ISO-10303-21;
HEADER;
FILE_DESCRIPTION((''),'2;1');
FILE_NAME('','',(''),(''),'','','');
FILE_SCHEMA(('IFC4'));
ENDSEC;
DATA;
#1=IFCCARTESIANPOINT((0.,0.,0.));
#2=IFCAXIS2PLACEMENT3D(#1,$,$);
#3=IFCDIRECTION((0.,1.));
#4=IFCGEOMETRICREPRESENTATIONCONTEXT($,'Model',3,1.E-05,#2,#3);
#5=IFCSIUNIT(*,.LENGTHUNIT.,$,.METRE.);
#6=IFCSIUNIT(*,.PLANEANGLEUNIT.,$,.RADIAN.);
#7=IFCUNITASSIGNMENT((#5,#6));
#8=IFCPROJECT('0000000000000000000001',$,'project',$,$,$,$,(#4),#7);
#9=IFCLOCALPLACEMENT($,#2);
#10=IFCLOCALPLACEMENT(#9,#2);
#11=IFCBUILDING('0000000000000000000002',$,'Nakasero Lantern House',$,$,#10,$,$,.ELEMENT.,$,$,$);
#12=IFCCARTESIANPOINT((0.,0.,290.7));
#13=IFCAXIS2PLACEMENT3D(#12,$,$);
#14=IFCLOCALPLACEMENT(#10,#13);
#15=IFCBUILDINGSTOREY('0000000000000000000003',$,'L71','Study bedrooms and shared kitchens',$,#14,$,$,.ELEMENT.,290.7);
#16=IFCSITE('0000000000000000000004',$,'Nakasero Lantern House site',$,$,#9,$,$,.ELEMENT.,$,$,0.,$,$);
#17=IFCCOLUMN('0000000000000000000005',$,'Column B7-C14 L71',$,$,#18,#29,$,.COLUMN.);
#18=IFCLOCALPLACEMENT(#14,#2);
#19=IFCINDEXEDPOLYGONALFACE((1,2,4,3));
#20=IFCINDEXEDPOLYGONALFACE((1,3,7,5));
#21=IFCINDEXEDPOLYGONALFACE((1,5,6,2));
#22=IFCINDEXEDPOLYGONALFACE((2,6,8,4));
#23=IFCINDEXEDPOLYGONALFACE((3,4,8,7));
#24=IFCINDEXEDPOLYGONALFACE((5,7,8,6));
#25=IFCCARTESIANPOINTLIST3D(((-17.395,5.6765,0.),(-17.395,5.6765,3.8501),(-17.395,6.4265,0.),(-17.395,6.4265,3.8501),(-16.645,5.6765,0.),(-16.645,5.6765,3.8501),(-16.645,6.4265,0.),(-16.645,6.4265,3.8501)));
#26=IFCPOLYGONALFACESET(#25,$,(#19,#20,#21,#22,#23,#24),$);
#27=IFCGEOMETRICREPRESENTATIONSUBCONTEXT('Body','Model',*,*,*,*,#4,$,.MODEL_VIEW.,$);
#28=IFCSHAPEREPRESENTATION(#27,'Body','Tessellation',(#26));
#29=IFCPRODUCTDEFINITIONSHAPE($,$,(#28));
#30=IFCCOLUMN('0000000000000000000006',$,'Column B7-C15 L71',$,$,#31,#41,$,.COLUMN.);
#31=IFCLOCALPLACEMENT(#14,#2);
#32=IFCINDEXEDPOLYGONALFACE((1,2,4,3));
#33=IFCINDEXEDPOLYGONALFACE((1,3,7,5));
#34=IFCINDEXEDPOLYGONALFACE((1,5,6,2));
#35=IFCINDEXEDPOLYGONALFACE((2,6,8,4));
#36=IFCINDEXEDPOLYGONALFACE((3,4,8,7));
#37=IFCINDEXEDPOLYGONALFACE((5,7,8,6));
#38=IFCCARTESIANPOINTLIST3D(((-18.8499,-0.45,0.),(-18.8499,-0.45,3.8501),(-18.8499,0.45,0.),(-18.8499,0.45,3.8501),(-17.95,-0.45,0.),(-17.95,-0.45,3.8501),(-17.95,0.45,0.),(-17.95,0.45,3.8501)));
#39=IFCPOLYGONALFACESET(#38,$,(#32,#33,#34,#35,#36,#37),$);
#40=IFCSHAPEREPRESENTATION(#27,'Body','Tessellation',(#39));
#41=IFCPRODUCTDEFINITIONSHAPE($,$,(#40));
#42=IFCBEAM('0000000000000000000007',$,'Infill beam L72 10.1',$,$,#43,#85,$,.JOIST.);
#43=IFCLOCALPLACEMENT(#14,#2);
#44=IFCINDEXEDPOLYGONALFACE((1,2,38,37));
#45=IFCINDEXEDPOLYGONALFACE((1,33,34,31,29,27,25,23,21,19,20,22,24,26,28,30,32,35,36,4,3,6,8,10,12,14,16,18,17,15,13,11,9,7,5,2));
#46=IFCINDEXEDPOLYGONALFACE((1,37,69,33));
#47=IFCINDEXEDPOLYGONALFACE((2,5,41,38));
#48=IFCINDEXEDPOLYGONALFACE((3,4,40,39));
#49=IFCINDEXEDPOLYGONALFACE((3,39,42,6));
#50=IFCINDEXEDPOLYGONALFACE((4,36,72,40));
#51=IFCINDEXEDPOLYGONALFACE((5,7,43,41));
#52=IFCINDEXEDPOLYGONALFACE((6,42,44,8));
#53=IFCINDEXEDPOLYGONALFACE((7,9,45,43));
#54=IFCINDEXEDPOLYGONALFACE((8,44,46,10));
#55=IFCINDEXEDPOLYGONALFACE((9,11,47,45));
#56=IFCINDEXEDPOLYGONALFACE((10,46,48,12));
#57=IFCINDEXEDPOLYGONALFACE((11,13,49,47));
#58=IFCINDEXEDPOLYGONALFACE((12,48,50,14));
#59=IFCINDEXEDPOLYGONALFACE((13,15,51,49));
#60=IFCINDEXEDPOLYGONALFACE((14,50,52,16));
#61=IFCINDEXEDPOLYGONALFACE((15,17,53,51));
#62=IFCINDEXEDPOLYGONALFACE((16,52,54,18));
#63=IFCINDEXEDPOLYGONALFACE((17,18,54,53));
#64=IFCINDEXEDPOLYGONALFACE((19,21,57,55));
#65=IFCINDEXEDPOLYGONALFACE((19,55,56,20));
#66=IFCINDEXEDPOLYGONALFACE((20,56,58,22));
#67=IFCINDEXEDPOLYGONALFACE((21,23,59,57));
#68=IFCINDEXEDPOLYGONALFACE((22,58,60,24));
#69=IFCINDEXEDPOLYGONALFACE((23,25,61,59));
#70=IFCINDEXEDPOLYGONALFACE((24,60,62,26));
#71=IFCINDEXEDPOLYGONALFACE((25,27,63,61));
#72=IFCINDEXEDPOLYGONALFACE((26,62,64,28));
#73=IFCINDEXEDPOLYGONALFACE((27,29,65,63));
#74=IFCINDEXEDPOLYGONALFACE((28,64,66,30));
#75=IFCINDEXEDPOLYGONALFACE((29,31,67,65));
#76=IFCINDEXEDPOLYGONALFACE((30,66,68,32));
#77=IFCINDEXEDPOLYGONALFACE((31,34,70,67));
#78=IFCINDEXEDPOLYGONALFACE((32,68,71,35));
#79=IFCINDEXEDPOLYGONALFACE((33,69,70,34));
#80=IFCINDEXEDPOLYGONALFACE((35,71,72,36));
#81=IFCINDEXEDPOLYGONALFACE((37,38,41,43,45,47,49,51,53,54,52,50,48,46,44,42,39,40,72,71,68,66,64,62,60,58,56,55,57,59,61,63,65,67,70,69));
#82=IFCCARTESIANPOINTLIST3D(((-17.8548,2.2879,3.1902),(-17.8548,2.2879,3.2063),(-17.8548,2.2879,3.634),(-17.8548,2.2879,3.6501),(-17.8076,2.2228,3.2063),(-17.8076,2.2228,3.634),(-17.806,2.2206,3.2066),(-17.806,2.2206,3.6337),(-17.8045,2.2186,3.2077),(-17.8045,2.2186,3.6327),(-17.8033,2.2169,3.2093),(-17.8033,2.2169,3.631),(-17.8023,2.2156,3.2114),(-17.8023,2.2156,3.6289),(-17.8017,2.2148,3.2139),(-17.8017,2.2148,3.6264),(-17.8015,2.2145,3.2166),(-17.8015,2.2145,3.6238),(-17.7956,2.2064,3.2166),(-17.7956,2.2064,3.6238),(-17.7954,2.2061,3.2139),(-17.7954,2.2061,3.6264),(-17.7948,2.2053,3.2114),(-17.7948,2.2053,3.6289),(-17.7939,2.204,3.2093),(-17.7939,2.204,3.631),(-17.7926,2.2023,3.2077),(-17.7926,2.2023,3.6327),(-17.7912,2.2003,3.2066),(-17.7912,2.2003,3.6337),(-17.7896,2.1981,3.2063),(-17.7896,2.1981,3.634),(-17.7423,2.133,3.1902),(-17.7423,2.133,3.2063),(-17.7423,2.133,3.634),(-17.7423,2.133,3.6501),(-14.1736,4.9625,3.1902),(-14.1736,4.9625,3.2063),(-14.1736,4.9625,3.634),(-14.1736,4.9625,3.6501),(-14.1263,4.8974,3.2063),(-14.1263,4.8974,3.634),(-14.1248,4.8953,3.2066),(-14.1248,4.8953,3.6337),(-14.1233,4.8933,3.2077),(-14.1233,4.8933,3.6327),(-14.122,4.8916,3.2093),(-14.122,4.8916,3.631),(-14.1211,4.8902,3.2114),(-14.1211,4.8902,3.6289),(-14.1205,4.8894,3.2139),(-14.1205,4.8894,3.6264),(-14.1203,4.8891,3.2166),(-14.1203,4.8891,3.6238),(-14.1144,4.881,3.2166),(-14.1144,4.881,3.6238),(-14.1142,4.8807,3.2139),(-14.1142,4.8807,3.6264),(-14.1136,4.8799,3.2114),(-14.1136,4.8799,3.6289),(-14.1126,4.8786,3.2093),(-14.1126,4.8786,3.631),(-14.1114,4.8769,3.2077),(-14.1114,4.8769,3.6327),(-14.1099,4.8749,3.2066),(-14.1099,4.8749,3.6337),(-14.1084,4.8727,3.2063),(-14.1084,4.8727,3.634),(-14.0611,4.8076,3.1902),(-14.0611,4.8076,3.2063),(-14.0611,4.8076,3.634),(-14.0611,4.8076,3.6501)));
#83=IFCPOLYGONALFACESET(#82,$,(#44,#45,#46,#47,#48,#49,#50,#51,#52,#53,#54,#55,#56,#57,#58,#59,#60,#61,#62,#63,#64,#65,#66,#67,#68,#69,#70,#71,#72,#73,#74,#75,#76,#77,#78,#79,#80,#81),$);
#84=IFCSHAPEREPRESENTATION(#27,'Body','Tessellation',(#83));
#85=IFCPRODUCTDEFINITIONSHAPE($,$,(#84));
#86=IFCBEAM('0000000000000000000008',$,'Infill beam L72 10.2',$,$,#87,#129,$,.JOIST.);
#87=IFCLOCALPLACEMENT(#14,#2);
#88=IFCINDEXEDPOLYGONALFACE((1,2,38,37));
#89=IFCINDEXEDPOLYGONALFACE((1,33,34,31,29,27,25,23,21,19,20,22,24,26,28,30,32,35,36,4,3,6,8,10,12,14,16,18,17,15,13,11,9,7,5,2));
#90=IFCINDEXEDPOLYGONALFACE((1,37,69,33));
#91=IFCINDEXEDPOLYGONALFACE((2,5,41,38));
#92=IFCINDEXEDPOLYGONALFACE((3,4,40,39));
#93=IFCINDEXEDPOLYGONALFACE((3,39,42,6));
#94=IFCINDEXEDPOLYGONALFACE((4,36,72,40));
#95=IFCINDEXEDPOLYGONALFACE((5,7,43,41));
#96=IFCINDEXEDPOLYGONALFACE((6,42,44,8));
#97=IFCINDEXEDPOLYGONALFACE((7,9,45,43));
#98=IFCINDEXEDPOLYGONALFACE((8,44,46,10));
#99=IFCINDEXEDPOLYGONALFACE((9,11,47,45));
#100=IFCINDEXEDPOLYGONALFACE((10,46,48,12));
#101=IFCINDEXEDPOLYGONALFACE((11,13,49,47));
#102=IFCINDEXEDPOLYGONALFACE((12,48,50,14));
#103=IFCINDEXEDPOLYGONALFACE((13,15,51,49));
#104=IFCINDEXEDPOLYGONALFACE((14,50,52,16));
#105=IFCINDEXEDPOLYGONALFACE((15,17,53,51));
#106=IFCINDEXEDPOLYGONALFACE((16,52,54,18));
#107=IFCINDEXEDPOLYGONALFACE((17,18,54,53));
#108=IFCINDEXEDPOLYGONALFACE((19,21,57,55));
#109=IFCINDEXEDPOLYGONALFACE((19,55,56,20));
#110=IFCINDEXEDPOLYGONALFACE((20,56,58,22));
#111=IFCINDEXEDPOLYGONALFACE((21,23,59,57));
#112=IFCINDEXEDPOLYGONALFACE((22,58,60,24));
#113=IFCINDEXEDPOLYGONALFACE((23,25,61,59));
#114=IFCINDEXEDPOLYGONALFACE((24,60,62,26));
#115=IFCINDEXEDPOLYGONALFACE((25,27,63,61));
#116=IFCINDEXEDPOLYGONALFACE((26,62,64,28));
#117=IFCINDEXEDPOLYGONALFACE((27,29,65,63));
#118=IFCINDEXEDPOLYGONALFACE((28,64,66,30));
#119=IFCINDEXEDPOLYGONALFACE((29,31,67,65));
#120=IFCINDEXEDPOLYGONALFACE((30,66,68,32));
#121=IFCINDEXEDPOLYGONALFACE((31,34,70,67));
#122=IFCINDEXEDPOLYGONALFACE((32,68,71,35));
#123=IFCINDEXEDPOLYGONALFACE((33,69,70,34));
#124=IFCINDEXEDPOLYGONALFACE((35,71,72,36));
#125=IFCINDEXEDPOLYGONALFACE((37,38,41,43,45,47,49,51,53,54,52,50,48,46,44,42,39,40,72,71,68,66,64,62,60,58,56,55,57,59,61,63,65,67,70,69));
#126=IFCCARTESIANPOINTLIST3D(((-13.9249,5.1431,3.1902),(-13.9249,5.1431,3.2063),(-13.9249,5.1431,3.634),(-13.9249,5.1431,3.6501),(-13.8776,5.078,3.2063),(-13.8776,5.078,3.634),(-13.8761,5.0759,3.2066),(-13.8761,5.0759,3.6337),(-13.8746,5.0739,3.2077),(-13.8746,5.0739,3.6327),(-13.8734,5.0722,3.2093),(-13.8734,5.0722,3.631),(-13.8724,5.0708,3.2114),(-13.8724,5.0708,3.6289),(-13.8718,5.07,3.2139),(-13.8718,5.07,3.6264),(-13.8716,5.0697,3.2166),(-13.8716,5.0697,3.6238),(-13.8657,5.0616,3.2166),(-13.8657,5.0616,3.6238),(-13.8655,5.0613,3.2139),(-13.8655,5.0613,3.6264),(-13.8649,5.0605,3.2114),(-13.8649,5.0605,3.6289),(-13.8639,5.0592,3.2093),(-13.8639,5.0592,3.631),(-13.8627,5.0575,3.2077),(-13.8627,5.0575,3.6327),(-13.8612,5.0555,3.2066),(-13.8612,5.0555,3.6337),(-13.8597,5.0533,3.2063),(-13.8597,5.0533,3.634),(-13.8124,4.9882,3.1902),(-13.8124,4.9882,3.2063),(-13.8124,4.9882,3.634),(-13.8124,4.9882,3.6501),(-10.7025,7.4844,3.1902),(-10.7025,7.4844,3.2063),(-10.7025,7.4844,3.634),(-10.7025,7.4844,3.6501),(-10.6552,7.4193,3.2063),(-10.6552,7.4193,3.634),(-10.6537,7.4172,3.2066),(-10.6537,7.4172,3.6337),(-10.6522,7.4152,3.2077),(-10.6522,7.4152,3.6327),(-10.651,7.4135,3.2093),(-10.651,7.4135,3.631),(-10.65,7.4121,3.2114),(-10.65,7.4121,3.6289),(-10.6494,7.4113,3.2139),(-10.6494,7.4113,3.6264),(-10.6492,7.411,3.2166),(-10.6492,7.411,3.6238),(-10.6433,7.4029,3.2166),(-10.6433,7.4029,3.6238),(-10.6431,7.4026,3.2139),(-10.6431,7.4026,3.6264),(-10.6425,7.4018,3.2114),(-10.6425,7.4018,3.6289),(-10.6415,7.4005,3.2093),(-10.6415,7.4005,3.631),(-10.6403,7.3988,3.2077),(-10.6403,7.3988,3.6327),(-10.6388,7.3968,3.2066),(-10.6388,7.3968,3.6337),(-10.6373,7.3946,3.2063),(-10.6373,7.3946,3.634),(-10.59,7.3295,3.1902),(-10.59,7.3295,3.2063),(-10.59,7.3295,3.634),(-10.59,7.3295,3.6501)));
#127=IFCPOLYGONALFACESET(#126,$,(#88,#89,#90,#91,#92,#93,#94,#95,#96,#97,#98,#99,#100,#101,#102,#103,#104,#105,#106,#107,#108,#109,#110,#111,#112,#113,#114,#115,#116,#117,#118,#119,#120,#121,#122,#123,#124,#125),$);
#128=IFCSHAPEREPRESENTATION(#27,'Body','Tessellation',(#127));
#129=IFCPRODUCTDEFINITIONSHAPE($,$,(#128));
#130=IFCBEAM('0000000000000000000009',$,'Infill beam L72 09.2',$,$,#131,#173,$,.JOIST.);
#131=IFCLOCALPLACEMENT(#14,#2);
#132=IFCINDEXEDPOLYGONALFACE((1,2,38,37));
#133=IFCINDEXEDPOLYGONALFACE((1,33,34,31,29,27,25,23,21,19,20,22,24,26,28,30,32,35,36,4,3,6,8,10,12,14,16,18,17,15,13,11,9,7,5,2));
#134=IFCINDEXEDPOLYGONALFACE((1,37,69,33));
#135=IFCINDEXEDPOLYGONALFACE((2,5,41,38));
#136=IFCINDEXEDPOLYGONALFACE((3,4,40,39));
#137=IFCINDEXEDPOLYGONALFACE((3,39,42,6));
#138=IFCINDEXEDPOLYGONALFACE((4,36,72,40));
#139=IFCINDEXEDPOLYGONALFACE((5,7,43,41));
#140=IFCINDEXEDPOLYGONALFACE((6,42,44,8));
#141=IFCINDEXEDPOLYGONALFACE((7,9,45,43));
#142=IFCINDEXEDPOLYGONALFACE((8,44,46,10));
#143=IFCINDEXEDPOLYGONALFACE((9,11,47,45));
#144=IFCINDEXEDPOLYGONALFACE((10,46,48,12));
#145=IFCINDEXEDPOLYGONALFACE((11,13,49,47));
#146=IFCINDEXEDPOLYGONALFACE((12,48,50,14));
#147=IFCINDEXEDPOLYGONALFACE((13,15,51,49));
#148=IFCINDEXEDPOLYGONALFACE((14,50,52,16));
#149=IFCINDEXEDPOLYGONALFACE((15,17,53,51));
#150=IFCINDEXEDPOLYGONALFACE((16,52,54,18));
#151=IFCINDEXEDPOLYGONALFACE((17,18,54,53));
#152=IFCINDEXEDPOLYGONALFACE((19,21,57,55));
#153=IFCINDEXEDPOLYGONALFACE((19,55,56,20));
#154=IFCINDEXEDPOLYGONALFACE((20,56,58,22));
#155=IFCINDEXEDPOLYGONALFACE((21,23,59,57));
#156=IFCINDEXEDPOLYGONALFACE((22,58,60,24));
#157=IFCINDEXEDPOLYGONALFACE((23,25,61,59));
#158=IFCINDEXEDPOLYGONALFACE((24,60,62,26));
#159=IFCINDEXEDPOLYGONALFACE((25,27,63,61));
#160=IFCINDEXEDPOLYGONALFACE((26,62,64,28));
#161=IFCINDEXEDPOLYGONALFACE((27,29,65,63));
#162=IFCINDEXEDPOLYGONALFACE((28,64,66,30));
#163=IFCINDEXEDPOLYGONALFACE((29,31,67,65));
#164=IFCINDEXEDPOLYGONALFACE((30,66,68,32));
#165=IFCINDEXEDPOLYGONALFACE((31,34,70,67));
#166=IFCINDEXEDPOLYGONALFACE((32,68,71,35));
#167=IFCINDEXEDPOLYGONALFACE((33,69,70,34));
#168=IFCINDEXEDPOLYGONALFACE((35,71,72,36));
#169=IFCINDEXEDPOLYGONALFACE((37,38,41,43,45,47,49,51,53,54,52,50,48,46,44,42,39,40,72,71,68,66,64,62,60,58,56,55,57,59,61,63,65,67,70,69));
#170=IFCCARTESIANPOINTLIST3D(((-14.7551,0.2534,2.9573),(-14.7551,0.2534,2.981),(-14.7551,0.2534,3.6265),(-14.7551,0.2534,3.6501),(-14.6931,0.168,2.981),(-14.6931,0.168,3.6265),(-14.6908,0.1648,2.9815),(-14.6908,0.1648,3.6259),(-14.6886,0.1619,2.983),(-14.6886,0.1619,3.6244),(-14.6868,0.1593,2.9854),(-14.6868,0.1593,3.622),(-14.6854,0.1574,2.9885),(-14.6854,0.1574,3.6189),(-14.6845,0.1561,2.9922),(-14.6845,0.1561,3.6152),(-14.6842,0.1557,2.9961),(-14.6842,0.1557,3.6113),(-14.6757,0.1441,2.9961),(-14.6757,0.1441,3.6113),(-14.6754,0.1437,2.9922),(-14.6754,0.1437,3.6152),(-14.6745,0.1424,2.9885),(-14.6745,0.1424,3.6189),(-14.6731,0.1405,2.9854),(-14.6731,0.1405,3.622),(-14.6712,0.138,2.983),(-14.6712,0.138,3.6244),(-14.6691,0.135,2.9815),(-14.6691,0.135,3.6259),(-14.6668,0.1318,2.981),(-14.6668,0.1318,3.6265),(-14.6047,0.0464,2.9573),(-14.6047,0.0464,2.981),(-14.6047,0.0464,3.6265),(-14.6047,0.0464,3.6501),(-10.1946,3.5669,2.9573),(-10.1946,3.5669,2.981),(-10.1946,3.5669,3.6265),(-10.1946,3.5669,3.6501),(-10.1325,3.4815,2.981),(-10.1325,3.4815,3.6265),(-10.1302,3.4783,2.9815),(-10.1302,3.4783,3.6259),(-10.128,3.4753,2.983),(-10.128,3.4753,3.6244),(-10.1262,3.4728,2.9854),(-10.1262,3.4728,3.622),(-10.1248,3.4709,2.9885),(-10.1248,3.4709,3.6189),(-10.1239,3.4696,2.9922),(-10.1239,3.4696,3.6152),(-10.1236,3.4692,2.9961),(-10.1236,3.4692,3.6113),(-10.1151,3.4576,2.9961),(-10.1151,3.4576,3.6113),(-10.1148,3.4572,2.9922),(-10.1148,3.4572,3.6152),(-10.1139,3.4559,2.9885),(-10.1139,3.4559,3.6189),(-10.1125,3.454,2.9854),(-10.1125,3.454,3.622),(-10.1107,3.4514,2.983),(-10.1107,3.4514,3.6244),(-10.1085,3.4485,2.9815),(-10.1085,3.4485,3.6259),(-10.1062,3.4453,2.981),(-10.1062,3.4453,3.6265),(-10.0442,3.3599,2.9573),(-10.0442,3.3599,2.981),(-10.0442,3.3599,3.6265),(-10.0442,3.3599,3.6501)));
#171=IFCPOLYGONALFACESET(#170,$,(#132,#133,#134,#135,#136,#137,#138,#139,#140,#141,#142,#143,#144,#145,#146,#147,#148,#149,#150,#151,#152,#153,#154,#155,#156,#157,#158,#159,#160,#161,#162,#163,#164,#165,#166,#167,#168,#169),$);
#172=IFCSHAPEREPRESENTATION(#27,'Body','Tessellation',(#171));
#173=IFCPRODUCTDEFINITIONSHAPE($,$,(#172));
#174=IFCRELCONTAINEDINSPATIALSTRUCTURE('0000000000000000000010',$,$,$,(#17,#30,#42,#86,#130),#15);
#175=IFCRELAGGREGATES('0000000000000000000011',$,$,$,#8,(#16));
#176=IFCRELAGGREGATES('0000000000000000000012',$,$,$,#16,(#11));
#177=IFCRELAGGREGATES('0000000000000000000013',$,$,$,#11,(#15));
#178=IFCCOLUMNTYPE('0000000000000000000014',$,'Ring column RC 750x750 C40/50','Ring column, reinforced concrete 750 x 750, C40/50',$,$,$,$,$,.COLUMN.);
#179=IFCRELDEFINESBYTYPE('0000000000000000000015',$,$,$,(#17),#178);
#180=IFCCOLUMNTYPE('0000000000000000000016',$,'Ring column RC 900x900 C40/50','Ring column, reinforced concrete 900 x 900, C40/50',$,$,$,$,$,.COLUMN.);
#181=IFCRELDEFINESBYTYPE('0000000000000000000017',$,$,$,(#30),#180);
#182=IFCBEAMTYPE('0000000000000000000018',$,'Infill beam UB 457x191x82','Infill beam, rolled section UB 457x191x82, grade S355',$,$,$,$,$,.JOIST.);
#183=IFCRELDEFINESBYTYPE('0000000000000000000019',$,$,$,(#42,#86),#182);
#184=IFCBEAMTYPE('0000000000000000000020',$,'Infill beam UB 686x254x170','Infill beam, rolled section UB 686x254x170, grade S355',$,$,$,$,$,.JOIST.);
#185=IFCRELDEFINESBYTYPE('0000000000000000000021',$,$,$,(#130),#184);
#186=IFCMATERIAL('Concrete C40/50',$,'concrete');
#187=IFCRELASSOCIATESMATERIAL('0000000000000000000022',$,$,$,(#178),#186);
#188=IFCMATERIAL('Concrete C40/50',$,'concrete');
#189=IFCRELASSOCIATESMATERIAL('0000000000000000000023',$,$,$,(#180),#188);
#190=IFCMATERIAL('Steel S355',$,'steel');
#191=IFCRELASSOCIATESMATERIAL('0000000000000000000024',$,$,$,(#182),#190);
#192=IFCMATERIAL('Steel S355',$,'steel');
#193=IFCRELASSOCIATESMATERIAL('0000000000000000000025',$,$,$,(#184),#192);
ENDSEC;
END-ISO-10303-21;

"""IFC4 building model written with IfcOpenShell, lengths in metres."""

from ifc_helpers import new_model, si_unit, direction, frame, origin, origin_2d, place, context, subcontext, project, spatial, rectangle, i_section, extrude, material, material_profile, profile_set, type_object, element, save


model = new_model("IFC4")

# Units and contexts
model_context = context("Model", 3, precision=1e-05, world=origin(), true_north=direction((0.0, 1.0)))
body_context = subcontext(model_context, "Body", "Model", "MODEL_VIEW")
ifc_project = project(units=[si_unit("LENGTHUNIT", "METRE"), si_unit("PLANEANGLEUNIT", "RADIAN")], contexts=[model_context])

# Site, building, storey
site_placement = place(None, origin())
site = spatial("IfcSite", under=ifc_project, at=site_placement, Name="Nakasero Lantern House site", CompositionType="ELEMENT", RefElevation=0.0)
building_placement = place(site_placement, origin())
building = spatial("IfcBuilding", under=site, at=building_placement, Name="Nakasero Lantern House", CompositionType="ELEMENT")
storey_placement = place(building_placement, frame((0.0, 0.0, 290.7)))
storey = spatial("IfcBuildingStorey", under=building, at=storey_placement, Name="L71", Description="Study bedrooms and shared kitchens", CompositionType="ELEMENT", Elevation=290.7)

# Columns
ifc_material_1 = material(Name="Concrete C40/50", Category="concrete")
ifc_material_profile_1 = material_profile(ifc_material_1, rectangle(XDim=0.75, YDim=0.75, at=origin_2d()), Name="RC 750x750")
ifc_profile_set_1 = profile_set([ifc_material_profile_1], Name="Concrete C40/50")
column_type_1 = type_object("IfcColumnType", Name="Ring column RC 750x750 C40/50", Description="Ring column, reinforced concrete 750 x 750, C40/50", PredefinedType="COLUMN", material=ifc_profile_set_1)
column_1_placement = place(storey_placement, frame((-17.02, 6.0515, 0.0), z_axis=(0.0, 0.0, 1.0), x_axis=(1.0, 0.0, 0.0)))
element("IfcColumn", 1, at=column_1_placement, inside=storey, type_object=column_type_1, Name="Column B7-C14 L71", PredefinedType="COLUMN", context=body_context, shape_type="SweptSolid", body=[
    extrude(rectangle(XDim=0.75, YDim=0.75, at=origin_2d()), origin(), (0.0, 0.0, 1.0), 3.8501),
])
ifc_material_2 = material(Name="Concrete C40/50", Category="concrete")
ifc_material_profile_2 = material_profile(ifc_material_2, rectangle(XDim=0.8999, YDim=0.8999, at=origin_2d()), Name="RC 900x900")
ifc_profile_set_2 = profile_set([ifc_material_profile_2], Name="Concrete C40/50")
column_type_2 = type_object("IfcColumnType", Name="Ring column RC 900x900 C40/50", Description="Ring column, reinforced concrete 900 x 900, C40/50", PredefinedType="COLUMN", material=ifc_profile_set_2)
column_2_placement = place(storey_placement, frame((-18.3999, 0.0, 0.0), z_axis=(0.0, 0.0, 1.0), x_axis=(1.0, 0.0, 0.0)))
element("IfcColumn", 2, at=column_2_placement, inside=storey, type_object=column_type_2, Name="Column B7-C15 L71", PredefinedType="COLUMN", context=body_context, shape_type="SweptSolid", body=[
    extrude(rectangle(XDim=0.8999, YDim=0.8999, at=origin_2d()), origin(), (0.0, 0.0, 1.0), 3.8501),
])

# Beams
ifc_material_3 = material(Name="Steel S355", Category="steel")
ifc_material_profile_3 = material_profile(ifc_material_3, i_section(OverallWidth=0.1914, OverallDepth=0.46, WebThickness=0.01, FlangeThickness=0.0161, FilletRadius=0.0103, at=origin_2d()), Name="UB 457x191x82")
ifc_profile_set_3 = profile_set([ifc_material_profile_3], Name="Steel S355")
beam_type_1 = type_object("IfcBeamType", Name="Infill beam UB 457x191x82", Description="Infill beam, rolled section UB 457x191x82, grade S355", PredefinedType="JOIST", material=ifc_profile_set_3)
beam_1_placement = place(storey_placement, frame((-17.7986, 2.2104, 3.4202), z_axis=(0.809012, 0.587792, 0.0), x_axis=(-0.587792, 0.809012, 0.0)))
element("IfcBeam", 3, at=beam_1_placement, inside=storey, type_object=beam_type_1, Name="Infill beam L72 10.1", PredefinedType="JOIST", context=body_context, shape_type="SweptSolid", body=[
    extrude(i_section(OverallWidth=0.1914, OverallDepth=0.46, WebThickness=0.01, FlangeThickness=0.0161, FilletRadius=0.0103, at=origin_2d()), origin(), (0.0, 0.0, 1.0), 4.5503),
])
beam_2_placement = place(storey_placement, frame((-13.8687, 5.0657, 3.4202), z_axis=(0.809006, 0.5878, 0.0), x_axis=(-0.5878, 0.809006, 0.0)))
element("IfcBeam", 4, at=beam_2_placement, inside=storey, type_object=beam_type_1, Name="Infill beam L72 10.2", PredefinedType="JOIST", context=body_context, shape_type="SweptSolid", body=[
    extrude(i_section(OverallWidth=0.1914, OverallDepth=0.46, WebThickness=0.01, FlangeThickness=0.0161, FilletRadius=0.0103, at=origin_2d()), origin(), (0.0, 0.0, 1.0), 3.9832),
])
ifc_material_4 = material(Name="Steel S355", Category="steel")
ifc_material_profile_4 = material_profile(ifc_material_4, i_section(OverallWidth=0.2559, OverallDepth=0.6929, WebThickness=0.0144, FlangeThickness=0.0237, FilletRadius=0.0151, at=origin_2d()), Name="UB 686x254x170")
ifc_profile_set_4 = profile_set([ifc_material_profile_4], Name="Steel S355")
beam_type_2 = type_object("IfcBeamType", Name="Infill beam UB 686x254x170", Description="Infill beam, rolled section UB 686x254x170, grade S355", PredefinedType="JOIST", material=ifc_profile_set_4)
beam_3_placement = place(storey_placement, frame((-14.6799, 0.1499, 3.3037), z_axis=(0.809013, 0.587791, 0.0), x_axis=(-0.587791, 0.809013, 0.0)))
element("IfcBeam", 5, at=beam_3_placement, inside=storey, type_object=beam_type_2, Name="Infill beam L72 09.2", PredefinedType="JOIST", context=body_context, shape_type="SweptSolid", body=[
    extrude(i_section(OverallWidth=0.2559, OverallDepth=0.6929, WebThickness=0.0144, FlangeThickness=0.0237, FilletRadius=0.0151, at=origin_2d()), origin(), (0.0, 0.0, 1.0), 5.6372),
])

save(model, "model.ifc")
